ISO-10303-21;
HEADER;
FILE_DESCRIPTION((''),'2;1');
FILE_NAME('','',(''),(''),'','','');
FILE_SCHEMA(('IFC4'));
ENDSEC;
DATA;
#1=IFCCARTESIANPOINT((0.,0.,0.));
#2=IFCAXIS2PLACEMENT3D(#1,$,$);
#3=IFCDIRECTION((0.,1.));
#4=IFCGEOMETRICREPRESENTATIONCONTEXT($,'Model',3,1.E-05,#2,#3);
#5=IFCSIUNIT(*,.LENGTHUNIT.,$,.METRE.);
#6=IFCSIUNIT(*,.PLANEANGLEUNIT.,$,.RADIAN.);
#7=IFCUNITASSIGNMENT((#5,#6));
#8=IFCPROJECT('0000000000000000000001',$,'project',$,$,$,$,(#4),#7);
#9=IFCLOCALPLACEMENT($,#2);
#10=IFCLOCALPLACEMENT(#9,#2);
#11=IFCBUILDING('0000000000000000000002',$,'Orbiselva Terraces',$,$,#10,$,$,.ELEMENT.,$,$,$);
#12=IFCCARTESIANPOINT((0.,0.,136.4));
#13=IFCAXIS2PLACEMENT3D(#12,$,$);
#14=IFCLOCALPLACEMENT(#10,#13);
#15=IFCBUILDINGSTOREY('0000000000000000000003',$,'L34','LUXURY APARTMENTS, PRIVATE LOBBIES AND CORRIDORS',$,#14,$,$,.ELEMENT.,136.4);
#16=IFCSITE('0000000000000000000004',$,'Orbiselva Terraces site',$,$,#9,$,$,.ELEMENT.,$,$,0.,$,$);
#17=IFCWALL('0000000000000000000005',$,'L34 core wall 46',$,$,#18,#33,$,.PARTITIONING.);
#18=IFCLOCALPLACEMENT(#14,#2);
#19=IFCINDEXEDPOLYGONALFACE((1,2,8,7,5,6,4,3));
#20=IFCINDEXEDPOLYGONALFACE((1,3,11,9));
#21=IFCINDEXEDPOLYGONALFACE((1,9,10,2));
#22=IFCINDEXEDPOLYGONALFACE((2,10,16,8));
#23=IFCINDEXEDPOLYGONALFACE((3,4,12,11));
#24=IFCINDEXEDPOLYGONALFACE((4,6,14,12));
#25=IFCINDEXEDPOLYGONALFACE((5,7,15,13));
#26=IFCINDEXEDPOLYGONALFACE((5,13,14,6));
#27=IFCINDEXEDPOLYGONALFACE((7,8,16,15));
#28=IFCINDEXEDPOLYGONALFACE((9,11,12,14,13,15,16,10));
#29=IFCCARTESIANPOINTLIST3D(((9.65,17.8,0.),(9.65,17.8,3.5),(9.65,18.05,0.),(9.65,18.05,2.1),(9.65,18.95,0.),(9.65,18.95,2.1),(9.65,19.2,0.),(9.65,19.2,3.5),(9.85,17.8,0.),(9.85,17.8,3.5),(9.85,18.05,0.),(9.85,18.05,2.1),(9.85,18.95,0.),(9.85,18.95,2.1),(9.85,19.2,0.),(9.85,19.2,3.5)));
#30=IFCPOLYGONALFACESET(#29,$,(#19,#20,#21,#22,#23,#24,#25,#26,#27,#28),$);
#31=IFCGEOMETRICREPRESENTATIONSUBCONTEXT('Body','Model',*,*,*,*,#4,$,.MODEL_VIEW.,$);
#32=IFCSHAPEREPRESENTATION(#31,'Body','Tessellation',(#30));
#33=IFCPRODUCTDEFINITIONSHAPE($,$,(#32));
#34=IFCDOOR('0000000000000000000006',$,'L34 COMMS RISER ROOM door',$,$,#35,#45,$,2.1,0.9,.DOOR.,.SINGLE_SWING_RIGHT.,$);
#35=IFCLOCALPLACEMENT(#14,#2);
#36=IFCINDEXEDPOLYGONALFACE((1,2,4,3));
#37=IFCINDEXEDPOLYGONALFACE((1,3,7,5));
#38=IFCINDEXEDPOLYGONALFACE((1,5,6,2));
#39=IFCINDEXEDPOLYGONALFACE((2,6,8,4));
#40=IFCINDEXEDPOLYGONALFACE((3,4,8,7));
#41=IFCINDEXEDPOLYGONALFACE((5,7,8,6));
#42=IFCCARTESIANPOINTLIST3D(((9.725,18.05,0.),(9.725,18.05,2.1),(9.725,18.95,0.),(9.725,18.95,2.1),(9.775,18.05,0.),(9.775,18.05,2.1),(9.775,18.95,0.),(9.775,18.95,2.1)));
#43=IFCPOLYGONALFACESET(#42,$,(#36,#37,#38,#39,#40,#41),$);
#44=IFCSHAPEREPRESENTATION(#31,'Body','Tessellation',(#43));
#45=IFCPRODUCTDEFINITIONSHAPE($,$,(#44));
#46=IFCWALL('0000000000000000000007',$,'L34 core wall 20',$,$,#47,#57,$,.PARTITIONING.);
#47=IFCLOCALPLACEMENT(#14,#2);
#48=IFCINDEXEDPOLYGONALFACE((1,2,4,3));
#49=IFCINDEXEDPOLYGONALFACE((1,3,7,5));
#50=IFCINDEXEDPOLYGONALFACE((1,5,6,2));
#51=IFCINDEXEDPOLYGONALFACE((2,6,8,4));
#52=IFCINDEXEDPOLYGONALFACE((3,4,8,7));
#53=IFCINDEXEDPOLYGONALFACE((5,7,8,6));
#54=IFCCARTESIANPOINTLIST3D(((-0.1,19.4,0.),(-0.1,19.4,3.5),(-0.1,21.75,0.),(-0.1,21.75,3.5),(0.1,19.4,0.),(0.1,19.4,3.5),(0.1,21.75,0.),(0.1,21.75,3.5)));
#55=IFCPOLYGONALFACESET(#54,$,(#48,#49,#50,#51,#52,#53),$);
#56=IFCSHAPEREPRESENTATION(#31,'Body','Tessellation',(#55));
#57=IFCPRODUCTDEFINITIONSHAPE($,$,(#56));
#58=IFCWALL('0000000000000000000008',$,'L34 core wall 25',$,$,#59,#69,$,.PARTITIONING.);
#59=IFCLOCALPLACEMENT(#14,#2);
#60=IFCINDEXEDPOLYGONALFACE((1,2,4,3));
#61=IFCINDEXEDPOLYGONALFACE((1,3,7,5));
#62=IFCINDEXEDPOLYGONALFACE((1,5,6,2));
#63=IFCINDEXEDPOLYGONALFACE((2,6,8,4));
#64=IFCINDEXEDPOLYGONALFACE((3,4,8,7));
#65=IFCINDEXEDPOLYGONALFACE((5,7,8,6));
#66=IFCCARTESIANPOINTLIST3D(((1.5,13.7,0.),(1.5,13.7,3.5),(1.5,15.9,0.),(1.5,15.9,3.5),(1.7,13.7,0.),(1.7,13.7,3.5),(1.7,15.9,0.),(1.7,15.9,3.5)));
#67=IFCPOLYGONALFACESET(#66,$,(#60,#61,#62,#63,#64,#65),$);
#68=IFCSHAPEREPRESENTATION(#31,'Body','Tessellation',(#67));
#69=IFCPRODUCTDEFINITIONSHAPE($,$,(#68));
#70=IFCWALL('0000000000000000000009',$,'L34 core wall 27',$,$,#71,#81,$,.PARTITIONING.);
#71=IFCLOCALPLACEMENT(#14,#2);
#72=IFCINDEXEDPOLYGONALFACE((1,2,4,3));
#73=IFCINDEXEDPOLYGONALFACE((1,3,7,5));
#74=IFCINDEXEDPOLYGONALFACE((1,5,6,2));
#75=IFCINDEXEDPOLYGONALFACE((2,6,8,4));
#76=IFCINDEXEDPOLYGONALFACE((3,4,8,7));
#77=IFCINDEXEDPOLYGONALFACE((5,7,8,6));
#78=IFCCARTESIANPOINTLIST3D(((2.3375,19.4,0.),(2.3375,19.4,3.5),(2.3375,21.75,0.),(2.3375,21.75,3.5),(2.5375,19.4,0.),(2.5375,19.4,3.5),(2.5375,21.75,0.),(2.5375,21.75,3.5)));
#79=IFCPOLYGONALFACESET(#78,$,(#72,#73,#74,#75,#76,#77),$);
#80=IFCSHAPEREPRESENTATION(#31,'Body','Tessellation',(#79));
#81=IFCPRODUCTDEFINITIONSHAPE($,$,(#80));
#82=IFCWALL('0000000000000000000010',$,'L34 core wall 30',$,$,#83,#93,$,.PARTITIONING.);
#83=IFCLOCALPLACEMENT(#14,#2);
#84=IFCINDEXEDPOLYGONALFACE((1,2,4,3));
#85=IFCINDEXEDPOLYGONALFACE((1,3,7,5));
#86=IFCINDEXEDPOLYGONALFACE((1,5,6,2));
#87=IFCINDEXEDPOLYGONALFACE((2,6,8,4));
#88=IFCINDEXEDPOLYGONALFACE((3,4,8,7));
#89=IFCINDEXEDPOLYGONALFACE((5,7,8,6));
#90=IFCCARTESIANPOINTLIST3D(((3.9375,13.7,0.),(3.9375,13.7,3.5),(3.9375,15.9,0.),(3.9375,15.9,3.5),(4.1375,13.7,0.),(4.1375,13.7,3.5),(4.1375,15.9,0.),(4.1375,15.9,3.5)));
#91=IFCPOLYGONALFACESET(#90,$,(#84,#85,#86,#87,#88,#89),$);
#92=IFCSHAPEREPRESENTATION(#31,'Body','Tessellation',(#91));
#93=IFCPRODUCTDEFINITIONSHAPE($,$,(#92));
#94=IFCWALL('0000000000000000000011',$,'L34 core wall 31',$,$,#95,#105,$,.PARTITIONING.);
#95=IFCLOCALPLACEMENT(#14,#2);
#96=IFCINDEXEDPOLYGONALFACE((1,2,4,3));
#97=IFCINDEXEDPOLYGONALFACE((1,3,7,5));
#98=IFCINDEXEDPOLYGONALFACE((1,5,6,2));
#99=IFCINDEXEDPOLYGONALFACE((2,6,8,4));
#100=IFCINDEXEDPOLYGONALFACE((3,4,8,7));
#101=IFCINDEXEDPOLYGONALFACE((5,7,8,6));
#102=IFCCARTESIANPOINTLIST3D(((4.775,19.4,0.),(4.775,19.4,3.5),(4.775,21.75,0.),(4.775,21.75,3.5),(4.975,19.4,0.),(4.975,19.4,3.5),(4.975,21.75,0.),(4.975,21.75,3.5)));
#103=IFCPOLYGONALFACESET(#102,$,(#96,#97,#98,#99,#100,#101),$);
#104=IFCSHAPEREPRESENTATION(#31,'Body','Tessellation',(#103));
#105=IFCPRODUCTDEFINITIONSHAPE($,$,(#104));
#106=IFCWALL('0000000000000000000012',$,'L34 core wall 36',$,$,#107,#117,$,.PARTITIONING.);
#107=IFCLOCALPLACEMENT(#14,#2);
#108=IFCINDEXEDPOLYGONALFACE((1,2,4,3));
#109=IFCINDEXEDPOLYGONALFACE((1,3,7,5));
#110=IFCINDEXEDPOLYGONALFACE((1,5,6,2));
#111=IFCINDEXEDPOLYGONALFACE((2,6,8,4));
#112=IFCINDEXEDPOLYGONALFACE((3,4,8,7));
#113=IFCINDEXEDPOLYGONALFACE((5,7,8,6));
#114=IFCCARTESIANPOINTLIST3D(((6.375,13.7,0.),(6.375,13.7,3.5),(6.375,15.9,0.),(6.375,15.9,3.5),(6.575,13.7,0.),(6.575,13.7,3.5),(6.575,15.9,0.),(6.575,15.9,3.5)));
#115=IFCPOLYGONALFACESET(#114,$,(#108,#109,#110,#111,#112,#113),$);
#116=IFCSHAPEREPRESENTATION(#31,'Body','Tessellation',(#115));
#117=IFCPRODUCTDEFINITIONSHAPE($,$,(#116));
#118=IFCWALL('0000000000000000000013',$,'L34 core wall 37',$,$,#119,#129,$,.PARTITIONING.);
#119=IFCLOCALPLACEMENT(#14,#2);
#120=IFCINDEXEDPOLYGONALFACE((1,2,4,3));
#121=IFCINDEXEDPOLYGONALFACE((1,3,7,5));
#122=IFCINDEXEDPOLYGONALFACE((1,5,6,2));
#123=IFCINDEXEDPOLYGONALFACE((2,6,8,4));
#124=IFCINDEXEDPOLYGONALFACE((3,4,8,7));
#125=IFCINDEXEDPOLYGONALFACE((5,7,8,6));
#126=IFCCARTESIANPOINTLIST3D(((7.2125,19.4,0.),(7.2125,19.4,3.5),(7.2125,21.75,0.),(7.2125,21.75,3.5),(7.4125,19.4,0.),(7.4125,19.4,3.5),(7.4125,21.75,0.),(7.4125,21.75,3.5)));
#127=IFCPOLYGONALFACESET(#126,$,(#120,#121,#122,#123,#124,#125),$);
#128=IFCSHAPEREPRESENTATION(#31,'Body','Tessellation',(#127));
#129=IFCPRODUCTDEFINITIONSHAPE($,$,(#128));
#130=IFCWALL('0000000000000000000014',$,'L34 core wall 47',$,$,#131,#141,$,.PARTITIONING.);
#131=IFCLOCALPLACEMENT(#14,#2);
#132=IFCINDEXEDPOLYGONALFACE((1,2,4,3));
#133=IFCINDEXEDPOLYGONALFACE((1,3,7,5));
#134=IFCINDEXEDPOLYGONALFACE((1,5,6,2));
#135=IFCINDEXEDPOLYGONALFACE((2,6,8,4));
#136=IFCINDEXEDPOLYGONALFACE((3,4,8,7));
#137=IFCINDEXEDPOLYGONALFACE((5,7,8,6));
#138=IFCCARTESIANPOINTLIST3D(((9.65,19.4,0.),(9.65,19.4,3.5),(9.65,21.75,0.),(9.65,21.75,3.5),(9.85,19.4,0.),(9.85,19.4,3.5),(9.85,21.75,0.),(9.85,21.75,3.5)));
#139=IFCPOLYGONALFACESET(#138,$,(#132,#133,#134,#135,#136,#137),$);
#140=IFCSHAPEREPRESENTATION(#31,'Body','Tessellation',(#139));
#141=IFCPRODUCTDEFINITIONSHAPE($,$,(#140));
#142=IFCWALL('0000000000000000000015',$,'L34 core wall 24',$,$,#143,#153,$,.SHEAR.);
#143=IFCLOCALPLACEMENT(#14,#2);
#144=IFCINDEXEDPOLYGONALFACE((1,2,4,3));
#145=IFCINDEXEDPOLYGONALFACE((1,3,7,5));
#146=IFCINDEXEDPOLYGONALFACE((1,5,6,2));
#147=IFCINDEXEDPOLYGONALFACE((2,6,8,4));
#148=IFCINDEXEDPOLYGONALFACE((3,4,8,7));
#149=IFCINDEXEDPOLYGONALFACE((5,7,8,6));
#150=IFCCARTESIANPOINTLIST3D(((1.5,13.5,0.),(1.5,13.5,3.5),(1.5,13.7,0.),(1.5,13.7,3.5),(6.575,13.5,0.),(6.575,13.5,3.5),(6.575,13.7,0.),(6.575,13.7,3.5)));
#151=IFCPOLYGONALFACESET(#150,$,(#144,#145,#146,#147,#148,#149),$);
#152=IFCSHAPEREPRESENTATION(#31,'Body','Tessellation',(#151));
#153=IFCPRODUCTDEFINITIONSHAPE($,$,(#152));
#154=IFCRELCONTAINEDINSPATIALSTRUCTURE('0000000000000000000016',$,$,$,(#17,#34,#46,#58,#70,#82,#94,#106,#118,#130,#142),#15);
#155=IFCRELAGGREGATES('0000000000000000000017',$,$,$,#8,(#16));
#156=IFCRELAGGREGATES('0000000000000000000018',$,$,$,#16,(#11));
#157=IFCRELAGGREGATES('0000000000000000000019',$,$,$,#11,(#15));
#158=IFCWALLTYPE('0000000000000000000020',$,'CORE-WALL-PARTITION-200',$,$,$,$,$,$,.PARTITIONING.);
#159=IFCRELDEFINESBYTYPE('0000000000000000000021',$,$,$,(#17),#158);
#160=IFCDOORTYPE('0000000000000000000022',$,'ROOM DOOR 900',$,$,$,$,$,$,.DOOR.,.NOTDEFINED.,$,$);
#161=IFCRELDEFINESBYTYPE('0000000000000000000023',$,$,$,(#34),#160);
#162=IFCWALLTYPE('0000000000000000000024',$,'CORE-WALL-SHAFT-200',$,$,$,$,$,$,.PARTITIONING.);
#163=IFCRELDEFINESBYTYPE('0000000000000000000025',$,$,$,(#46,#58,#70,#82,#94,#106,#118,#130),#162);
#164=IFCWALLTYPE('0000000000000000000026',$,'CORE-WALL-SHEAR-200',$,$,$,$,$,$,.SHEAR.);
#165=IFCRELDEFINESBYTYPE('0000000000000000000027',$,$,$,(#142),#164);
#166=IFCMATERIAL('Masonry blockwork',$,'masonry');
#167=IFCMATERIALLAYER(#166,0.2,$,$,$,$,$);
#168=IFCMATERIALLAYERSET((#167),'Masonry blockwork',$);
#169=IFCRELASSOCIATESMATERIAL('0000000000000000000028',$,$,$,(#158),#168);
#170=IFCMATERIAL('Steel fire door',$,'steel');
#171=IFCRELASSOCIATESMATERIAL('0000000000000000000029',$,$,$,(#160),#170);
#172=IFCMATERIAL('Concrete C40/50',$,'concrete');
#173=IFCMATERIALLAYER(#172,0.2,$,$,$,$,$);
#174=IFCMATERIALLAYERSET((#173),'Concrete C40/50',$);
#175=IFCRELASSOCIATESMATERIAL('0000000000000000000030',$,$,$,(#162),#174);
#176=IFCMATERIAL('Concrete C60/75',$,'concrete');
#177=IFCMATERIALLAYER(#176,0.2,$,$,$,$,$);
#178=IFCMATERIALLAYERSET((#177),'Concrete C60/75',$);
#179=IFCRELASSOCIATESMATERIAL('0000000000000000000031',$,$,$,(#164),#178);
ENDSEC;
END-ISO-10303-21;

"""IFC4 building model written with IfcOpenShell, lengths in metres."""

from ifc_helpers import new_model, si_unit, direction, frame, frame_2d, origin, place, context, subcontext, project, spatial, rectangle, extrude, material, layer, layer_set, type_object, element, fill, save


model = new_model("IFC4")

# Units and contexts
model_context = context("Model", 3, precision=1e-05, world=origin(), true_north=direction((0.0, 1.0)))
body_context = subcontext(model_context, "Body", "Model", "MODEL_VIEW")
ifc_project = project(units=[si_unit("LENGTHUNIT", "METRE"), si_unit("PLANEANGLEUNIT", "RADIAN")], contexts=[model_context])

# Site, building, storey
site_placement = place(None, origin())
site = spatial("IfcSite", under=ifc_project, at=site_placement, Name="Orbiselva Terraces site", CompositionType="ELEMENT", RefElevation=0.0)
building_placement = place(site_placement, origin())
building = spatial("IfcBuilding", under=site, at=building_placement, Name="Orbiselva Terraces", CompositionType="ELEMENT")
storey_placement = place(building_placement, frame((0.0, 0.0, 136.4)))
storey = spatial("IfcBuildingStorey", under=building, at=storey_placement, Name="L34", Description="LUXURY APARTMENTS, PRIVATE LOBBIES AND CORRIDORS", CompositionType="ELEMENT", Elevation=136.4)

# Wall, opening, door
ifc_material_1 = material(Name="Masonry blockwork", Category="masonry")
ifc_layer_1 = layer(ifc_material_1, 0.2)
ifc_layer_set_1 = layer_set([ifc_layer_1], Name="Masonry blockwork")
wall_type_1 = type_object("IfcWallType", Name="CORE-WALL-PARTITION-200", PredefinedType="PARTITIONING", material=ifc_layer_set_1)
wall_1_placement = place(storey_placement, frame((9.75, 19.2, 0.0), z_axis=(0.0, 0.0, 1.0), x_axis=(0.0, -1.0, 0.0)))
wall_1 = element("IfcWall", 1, at=wall_1_placement, inside=storey, type_object=wall_type_1, Name="L34 core wall 46", PredefinedType="PARTITIONING", context=body_context, shape_type="SweptSolid", body=[
    extrude(rectangle(XDim=1.4, YDim=0.2, at=frame_2d((0.7, 0.0))), origin(), (0.0, 0.0, 1.0), 3.5),
])
opening_1_placement = place(wall_1_placement, frame((0.25, 0.0, 0.0)))
opening_1 = element("IfcOpeningElement", 2, at=opening_1_placement, cuts=wall_1, PredefinedType="OPENING", context=body_context, shape_type="SweptSolid", body=[
    extrude(rectangle(XDim=0.9, YDim=2.1, at=frame_2d((0.45, 1.05))), frame((0.0, 0.11, 0.0), z_axis=(0.0, -1.0, 0.0), x_axis=(1.0, 0.0, 0.0)), (0.0, 0.0, 1.0), 0.22),
])
ifc_material_2 = material(Name="Steel fire door", Category="steel")
door_type_1 = type_object("IfcDoorType", Name="ROOM DOOR 900", OperationType="NOTDEFINED", PredefinedType="DOOR", material=ifc_material_2)
door_1_placement = place(opening_1_placement, origin())
door_1 = element("IfcDoor", 3, at=door_1_placement, inside=storey, type_object=door_type_1, Name="L34 COMMS RISER ROOM door", OperationType="SINGLE_SWING_RIGHT", OverallHeight=2.1, OverallWidth=0.9, PredefinedType="DOOR", context=body_context, shape_type="SweptSolid", body=[
    extrude(rectangle(XDim=0.9, YDim=2.1, at=frame_2d((0.45, 1.05))), frame((0.0, 0.025, 0.0), z_axis=(0.0, -1.0, 0.0), x_axis=(1.0, 0.0, 0.0)), (0.0, 0.0, 1.0), 0.05),
])
fill(opening_1, door_1)

# Walls
ifc_material_3 = material(Name="Concrete C40/50", Category="concrete")
ifc_layer_2 = layer(ifc_material_3, 0.2)
ifc_layer_set_2 = layer_set([ifc_layer_2], Name="Concrete C40/50")
wall_type_2 = type_object("IfcWallType", Name="CORE-WALL-SHAFT-200", PredefinedType="PARTITIONING", material=ifc_layer_set_2)
wall_2_placement = place(storey_placement, frame((0.0, 19.4, 0.0), z_axis=(0.0, 0.0, 1.0), x_axis=(0.0, 1.0, 0.0)))
element("IfcWall", 4, at=wall_2_placement, inside=storey, type_object=wall_type_2, Name="L34 core wall 20", PredefinedType="PARTITIONING", context=body_context, shape_type="SweptSolid", body=[
    extrude(rectangle(XDim=2.35, YDim=0.2, at=frame_2d((1.175, 0.0))), origin(), (0.0, 0.0, 1.0), 3.5),
])
wall_3_placement = place(storey_placement, frame((1.6, 13.7, 0.0), z_axis=(0.0, 0.0, 1.0), x_axis=(0.0, 1.0, 0.0)))
element("IfcWall", 5, at=wall_3_placement, inside=storey, type_object=wall_type_2, Name="L34 core wall 25", PredefinedType="PARTITIONING", context=body_context, shape_type="SweptSolid", body=[
    extrude(rectangle(XDim=2.2, YDim=0.2, at=frame_2d((1.1, 0.0))), origin(), (0.0, 0.0, 1.0), 3.5),
])
wall_4_placement = place(storey_placement, frame((2.4375, 19.4, 0.0), z_axis=(0.0, 0.0, 1.0), x_axis=(0.0, 1.0, 0.0)))
element("IfcWall", 6, at=wall_4_placement, inside=storey, type_object=wall_type_2, Name="L34 core wall 27", PredefinedType="PARTITIONING", context=body_context, shape_type="SweptSolid", body=[
    extrude(rectangle(XDim=2.35, YDim=0.2, at=frame_2d((1.175, 0.0))), origin(), (0.0, 0.0, 1.0), 3.5),
])
wall_5_placement = place(storey_placement, frame((4.0375, 13.7, 0.0), z_axis=(0.0, 0.0, 1.0), x_axis=(0.0, 1.0, 0.0)))
element("IfcWall", 7, at=wall_5_placement, inside=storey, type_object=wall_type_2, Name="L34 core wall 30", PredefinedType="PARTITIONING", context=body_context, shape_type="SweptSolid", body=[
    extrude(rectangle(XDim=2.2, YDim=0.2, at=frame_2d((1.1, 0.0))), origin(), (0.0, 0.0, 1.0), 3.5),
])
wall_6_placement = place(storey_placement, frame((4.875, 19.4, 0.0), z_axis=(0.0, 0.0, 1.0), x_axis=(0.0, 1.0, 0.0)))
element("IfcWall", 8, at=wall_6_placement, inside=storey, type_object=wall_type_2, Name="L34 core wall 31", PredefinedType="PARTITIONING", context=body_context, shape_type="SweptSolid", body=[
    extrude(rectangle(XDim=2.35, YDim=0.2, at=frame_2d((1.175, 0.0))), origin(), (0.0, 0.0, 1.0), 3.5),
])
wall_7_placement = place(storey_placement, frame((6.475, 13.7, 0.0), z_axis=(0.0, 0.0, 1.0), x_axis=(0.0, 1.0, 0.0)))
element("IfcWall", 9, at=wall_7_placement, inside=storey, type_object=wall_type_2, Name="L34 core wall 36", PredefinedType="PARTITIONING", context=body_context, shape_type="SweptSolid", body=[
    extrude(rectangle(XDim=2.2, YDim=0.2, at=frame_2d((1.1, 0.0))), origin(), (0.0, 0.0, 1.0), 3.5),
])
for number, where, z_axis, x_axis, name in (
    (10, (7.3125, 19.4, 0.0), (0.0, 0.0, 1.0), (0.0, 1.0, 0.0), "L34 core wall 37"),
    (11, (9.75, 19.4, 0.0), (0.0, 0.0, 1.0), (0.0, 1.0, 0.0), "L34 core wall 47"),
):
    element("IfcWall", number, at=place(storey_placement, frame(where, z_axis=z_axis, x_axis=x_axis)), inside=storey, type_object=wall_type_2, Name=name, PredefinedType="PARTITIONING", context=body_context, shape_type="SweptSolid", body=[
        extrude(rectangle(XDim=2.35, YDim=0.2, at=frame_2d((1.175, 0.0))), origin(), (0.0, 0.0, 1.0), 3.5),
    ])
ifc_material_4 = material(Name="Concrete C60/75", Category="concrete")
ifc_layer_3 = layer(ifc_material_4, 0.2)
ifc_layer_set_3 = layer_set([ifc_layer_3], Name="Concrete C60/75")
wall_type_3 = type_object("IfcWallType", Name="CORE-WALL-SHEAR-200", PredefinedType="SHEAR", material=ifc_layer_set_3)
wall_8_placement = place(storey_placement, frame((1.5, 13.6, 0.0), z_axis=(0.0, 0.0, 1.0), x_axis=(1.0, 0.0, 0.0)))
element("IfcWall", 12, at=wall_8_placement, inside=storey, type_object=wall_type_3, Name="L34 core wall 24", PredefinedType="SHEAR", context=body_context, shape_type="SweptSolid", body=[
    extrude(rectangle(XDim=5.075, YDim=0.2, at=frame_2d((2.5375, 0.0))), origin(), (0.0, 0.0, 1.0), 3.5),
])

save(model, "model.ifc")
